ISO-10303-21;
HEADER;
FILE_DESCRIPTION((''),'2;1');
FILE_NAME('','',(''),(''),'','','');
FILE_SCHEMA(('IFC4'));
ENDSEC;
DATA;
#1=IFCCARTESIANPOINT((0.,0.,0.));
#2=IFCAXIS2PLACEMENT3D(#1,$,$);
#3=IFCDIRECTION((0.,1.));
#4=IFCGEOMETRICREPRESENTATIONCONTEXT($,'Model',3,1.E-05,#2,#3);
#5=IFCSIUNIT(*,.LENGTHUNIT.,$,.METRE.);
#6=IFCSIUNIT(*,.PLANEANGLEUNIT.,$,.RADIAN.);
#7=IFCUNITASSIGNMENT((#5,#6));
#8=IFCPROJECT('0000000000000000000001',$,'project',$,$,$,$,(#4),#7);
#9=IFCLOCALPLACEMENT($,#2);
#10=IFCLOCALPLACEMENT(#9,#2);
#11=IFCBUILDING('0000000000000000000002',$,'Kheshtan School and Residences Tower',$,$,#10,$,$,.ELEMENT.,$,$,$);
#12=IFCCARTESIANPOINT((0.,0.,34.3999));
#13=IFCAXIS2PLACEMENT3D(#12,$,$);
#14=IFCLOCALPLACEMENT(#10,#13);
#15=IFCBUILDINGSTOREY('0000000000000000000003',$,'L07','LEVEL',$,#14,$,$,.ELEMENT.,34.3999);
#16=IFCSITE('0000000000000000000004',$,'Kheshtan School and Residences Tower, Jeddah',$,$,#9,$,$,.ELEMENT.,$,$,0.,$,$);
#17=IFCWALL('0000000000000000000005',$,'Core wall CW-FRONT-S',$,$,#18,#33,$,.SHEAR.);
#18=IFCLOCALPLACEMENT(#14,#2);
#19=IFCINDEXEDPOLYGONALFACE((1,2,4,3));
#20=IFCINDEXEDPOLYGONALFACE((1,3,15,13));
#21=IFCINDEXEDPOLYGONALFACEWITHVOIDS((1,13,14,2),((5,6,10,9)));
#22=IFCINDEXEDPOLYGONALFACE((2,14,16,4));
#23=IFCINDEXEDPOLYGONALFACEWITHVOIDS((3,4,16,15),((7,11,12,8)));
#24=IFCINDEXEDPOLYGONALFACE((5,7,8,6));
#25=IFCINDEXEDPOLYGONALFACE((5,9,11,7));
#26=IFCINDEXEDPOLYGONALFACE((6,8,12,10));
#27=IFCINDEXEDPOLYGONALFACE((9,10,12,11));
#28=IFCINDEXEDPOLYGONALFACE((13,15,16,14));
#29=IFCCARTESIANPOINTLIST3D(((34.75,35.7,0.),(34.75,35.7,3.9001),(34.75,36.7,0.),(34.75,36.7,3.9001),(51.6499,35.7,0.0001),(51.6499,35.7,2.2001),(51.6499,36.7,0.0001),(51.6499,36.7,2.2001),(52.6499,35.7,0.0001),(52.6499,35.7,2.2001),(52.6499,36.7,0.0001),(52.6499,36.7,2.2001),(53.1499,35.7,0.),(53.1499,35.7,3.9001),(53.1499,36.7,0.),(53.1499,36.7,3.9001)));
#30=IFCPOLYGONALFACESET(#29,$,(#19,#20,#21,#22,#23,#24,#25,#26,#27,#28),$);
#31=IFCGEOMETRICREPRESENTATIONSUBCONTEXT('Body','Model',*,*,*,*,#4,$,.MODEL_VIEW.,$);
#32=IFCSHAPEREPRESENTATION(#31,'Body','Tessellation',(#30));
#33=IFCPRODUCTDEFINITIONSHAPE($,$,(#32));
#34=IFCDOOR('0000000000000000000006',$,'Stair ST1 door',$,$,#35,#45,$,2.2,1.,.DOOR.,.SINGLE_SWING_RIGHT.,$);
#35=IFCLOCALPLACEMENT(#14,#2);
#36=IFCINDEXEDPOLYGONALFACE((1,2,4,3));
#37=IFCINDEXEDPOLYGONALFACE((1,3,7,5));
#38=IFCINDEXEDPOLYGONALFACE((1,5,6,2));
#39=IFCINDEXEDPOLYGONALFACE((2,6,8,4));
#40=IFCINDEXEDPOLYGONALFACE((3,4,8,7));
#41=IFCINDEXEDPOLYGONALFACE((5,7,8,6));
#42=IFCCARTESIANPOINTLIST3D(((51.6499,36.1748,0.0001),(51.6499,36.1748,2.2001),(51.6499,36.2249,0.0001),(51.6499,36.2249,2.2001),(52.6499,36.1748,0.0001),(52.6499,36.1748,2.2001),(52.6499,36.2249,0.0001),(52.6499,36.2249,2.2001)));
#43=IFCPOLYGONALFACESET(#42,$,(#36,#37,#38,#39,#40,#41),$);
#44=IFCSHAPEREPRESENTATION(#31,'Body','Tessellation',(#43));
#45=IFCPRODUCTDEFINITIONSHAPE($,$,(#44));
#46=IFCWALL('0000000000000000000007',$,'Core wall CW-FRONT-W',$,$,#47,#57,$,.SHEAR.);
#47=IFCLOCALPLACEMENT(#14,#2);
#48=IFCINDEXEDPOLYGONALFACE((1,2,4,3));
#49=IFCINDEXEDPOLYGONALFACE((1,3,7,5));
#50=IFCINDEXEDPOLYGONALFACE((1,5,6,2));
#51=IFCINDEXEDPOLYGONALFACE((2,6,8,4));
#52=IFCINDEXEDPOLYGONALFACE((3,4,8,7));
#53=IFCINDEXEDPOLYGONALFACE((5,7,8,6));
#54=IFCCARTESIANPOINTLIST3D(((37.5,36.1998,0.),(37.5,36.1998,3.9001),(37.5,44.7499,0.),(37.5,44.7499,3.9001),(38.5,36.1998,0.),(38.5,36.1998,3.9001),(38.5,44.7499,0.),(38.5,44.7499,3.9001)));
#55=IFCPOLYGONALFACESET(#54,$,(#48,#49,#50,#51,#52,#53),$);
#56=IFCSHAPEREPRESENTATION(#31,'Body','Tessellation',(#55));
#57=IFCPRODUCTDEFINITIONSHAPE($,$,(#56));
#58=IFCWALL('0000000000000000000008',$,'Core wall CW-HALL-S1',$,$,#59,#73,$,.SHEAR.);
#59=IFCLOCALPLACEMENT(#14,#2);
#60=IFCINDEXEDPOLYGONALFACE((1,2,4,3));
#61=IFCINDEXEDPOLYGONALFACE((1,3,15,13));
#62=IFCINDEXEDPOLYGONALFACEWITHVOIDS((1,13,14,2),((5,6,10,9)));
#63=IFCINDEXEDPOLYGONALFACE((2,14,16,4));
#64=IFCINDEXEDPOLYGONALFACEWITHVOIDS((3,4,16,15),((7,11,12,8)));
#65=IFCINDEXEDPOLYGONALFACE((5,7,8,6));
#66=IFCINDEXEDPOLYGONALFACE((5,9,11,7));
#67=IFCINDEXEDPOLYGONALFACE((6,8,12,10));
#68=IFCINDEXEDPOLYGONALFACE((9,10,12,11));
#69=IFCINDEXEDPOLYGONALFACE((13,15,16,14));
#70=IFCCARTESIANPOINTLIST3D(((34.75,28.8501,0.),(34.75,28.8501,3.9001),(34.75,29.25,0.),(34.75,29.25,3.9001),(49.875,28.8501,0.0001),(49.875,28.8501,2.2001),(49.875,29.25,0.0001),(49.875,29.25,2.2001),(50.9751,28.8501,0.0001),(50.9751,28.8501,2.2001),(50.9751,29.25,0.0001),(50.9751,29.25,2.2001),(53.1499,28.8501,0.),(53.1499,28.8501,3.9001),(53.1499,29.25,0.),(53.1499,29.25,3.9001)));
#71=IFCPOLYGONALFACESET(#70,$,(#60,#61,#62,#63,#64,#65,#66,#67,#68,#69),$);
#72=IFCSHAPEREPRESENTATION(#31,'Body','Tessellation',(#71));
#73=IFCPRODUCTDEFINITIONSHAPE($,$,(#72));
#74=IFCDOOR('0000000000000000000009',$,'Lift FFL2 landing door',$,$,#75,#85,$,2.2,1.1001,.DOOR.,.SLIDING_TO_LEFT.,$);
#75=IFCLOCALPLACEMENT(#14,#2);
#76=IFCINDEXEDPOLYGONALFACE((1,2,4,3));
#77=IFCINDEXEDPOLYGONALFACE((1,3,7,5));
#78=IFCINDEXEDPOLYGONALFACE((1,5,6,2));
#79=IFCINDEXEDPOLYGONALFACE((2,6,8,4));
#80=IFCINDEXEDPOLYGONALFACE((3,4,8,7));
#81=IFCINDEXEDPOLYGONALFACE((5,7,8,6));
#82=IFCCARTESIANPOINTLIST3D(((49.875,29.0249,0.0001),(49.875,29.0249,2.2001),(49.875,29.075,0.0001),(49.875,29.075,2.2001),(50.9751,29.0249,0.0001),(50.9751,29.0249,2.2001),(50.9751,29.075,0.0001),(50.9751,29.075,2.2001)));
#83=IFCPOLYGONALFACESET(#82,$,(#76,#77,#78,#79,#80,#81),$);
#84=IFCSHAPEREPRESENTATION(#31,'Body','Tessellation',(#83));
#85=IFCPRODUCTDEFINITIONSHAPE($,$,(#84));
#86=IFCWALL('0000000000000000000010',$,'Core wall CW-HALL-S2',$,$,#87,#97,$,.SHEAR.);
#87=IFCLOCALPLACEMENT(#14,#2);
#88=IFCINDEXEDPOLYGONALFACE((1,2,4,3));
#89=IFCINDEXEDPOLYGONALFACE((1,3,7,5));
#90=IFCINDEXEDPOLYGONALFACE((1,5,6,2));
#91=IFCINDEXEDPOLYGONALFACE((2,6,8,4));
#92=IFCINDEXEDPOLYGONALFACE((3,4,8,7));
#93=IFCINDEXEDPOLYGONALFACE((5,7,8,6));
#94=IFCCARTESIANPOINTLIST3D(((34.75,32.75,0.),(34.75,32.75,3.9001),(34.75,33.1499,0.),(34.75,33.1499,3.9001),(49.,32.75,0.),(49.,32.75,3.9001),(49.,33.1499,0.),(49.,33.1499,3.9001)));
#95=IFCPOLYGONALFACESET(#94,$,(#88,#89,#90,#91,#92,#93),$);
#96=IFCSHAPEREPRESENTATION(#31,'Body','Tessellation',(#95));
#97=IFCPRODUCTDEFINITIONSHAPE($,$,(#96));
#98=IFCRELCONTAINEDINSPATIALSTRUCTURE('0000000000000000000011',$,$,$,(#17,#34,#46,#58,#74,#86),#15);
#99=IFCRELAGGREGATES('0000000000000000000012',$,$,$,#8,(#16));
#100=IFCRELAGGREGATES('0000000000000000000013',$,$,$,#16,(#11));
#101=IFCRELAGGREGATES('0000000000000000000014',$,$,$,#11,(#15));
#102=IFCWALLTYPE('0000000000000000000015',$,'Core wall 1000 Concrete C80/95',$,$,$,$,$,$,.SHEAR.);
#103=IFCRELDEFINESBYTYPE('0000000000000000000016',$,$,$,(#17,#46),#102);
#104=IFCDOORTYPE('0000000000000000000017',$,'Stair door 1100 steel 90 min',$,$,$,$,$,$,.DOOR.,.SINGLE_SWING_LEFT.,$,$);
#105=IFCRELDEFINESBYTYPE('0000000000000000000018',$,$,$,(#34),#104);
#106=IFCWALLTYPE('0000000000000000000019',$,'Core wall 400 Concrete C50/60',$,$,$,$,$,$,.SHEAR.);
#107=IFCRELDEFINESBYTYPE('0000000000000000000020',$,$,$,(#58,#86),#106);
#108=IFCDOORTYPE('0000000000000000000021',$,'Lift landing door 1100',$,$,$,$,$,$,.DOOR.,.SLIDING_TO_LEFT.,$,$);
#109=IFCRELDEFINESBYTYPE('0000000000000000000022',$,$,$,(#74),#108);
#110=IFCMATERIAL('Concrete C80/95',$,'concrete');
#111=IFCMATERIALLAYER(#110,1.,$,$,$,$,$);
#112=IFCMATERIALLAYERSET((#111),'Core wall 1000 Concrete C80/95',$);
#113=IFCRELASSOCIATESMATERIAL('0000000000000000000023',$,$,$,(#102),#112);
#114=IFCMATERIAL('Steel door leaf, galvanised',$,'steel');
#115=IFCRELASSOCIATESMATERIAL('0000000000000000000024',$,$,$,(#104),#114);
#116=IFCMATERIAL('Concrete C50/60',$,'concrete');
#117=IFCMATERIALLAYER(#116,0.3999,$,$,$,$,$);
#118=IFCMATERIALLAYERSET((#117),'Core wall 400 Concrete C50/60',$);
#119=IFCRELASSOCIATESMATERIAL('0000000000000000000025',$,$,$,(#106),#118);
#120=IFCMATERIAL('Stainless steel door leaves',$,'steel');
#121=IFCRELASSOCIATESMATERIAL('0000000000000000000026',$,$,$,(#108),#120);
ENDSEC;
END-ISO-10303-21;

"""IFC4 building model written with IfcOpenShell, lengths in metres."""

from ifc_helpers import new_model, si_unit, direction, frame, frame_2d, origin, place, context, subcontext, project, spatial, rectangle, extrude, source, transform, mapped, material, layer, layer_set, type_object, element, fill, save


model = new_model("IFC4")

# Units and contexts
model_context = context("Model", 3, precision=1e-05, world=origin(), true_north=direction((0.0, 1.0)))
body_context = subcontext(model_context, "Body", "Model", "MODEL_VIEW")
ifc_project = project(units=[si_unit("LENGTHUNIT", "METRE"), si_unit("PLANEANGLEUNIT", "RADIAN")], contexts=[model_context])

# Site, building, storey
site_placement = place(None, origin())
site = spatial("IfcSite", under=ifc_project, at=site_placement, Name="Kheshtan School and Residences Tower, Jeddah", CompositionType="ELEMENT", RefElevation=0.0)
building_placement = place(site_placement, origin())
building = spatial("IfcBuilding", under=site, at=building_placement, Name="Kheshtan School and Residences Tower", CompositionType="ELEMENT")
storey_placement = place(building_placement, frame((0.0, 0.0, 34.3999)))
storey = spatial("IfcBuildingStorey", under=building, at=storey_placement, Name="L07", Description="LEVEL", CompositionType="ELEMENT", Elevation=34.3999)

# Shared definitions
ifc_material_1 = material(Name="Concrete C80/95", Category="concrete")
ifc_layer_1 = layer(ifc_material_1, 1.0)
ifc_layer_set_1 = layer_set([ifc_layer_1], Name="Core wall 1000 Concrete C80/95")
wall_type_1 = type_object("IfcWallType", Name="Core wall 1000 Concrete C80/95", PredefinedType="SHEAR", material=ifc_layer_set_1)

# Wall, opening, door
wall_1_placement = place(storey_placement, frame((34.75, 36.2, 0.0), z_axis=(0.0, 0.0, 1.0), x_axis=(1.0, 0.0, 0.0)))
wall_1 = element("IfcWall", 1, at=wall_1_placement, inside=storey, type_object=wall_type_1, Name="Core wall CW-FRONT-S", PredefinedType="SHEAR", context=body_context, shape_type="SweptSolid", body=[
    extrude(rectangle(XDim=18.3999, YDim=1.0, at=frame_2d((9.2, 0.0))), origin(), (0.0, 0.0, 1.0), 3.9001),
])
opening_1_placement = place(wall_1_placement, frame((16.8999, 0.0, 0.0)))
opening_1 = element("IfcOpeningElement", 2, at=opening_1_placement, cuts=wall_1, PredefinedType="OPENING", context=body_context, shape_type="SweptSolid", body=[
    extrude(rectangle(XDim=1.0, YDim=2.2, at=frame_2d((0.5, 1.1001))), frame((0.0, 0.51, 0.0), z_axis=(0.0, -1.0, 0.0), x_axis=(1.0, 0.0, 0.0)), (0.0, 0.0, 1.0), 1.02),
])
ifc_material_2 = material(Name="Steel door leaf, galvanised", Category="steel")
door_type_1 = type_object("IfcDoorType", Name="Stair door 1100 steel 90 min", OperationType="SINGLE_SWING_LEFT", PredefinedType="DOOR", material=ifc_material_2)
shared_shape_1 = source(origin(), body_context, "Body", "SweptSolid", [
    extrude(rectangle(XDim=1.0, YDim=2.2, at=frame_2d((0.5, 1.1001))), frame((0.0, 0.0249, 0.0), z_axis=(0.0, -1.0, 0.0), x_axis=(1.0, 0.0, 0.0)), (0.0, 0.0, 1.0), 0.05),
])
door_1_placement = place(opening_1_placement, origin())
door_1 = element("IfcDoor", 3, at=door_1_placement, inside=storey, type_object=door_type_1, Name="Stair ST1 door", OperationType="SINGLE_SWING_RIGHT", OverallHeight=2.2, OverallWidth=1.0, PredefinedType="DOOR", context=body_context, shape_type="MappedRepresentation", body=[
    mapped(shared_shape_1, transform((0.0, 0.0, 0.0), x_axis=(1.0, 0.0, 0.0), y_axis=(0.0, 1.0, 0.0), z_axis=(0.0, 0.0, 1.0), scale=1.0)),
])
fill(opening_1, door_1)

# Wall
wall_2_placement = place(storey_placement, frame((38.0, 36.2, 0.0), z_axis=(0.0, 0.0, 1.0), x_axis=(0.0, 1.0, 0.0)))
element("IfcWall", 4, at=wall_2_placement, inside=storey, type_object=wall_type_1, Name="Core wall CW-FRONT-W", PredefinedType="SHEAR", context=body_context, shape_type="SweptSolid", body=[
    extrude(rectangle(XDim=8.55, YDim=1.0, at=frame_2d((4.2749, 0.0))), origin(), (0.0, 0.0, 1.0), 3.9001),
])

# Wall, opening, door
ifc_material_3 = material(Name="Concrete C50/60", Category="concrete")
ifc_layer_2 = layer(ifc_material_3, 0.3999)
ifc_layer_set_2 = layer_set([ifc_layer_2], Name="Core wall 400 Concrete C50/60")
wall_type_2 = type_object("IfcWallType", Name="Core wall 400 Concrete C50/60", PredefinedType="SHEAR", material=ifc_layer_set_2)
wall_3_placement = place(storey_placement, frame((34.75, 29.05, 0.0), z_axis=(0.0, 0.0, 1.0), x_axis=(1.0, 0.0, 0.0)))
wall_3 = element("IfcWall", 5, at=wall_3_placement, inside=storey, type_object=wall_type_2, Name="Core wall CW-HALL-S1", PredefinedType="SHEAR", context=body_context, shape_type="SweptSolid", body=[
    extrude(rectangle(XDim=18.3999, YDim=0.3999, at=frame_2d((9.2, 0.0))), origin(), (0.0, 0.0, 1.0), 3.9001),
])
opening_2_placement = place(wall_3_placement, frame((15.125, 0.0, 0.0)))
opening_2 = element("IfcOpeningElement", 6, at=opening_2_placement, cuts=wall_3, PredefinedType="OPENING", context=body_context, shape_type="SweptSolid", body=[
    extrude(rectangle(XDim=1.1001, YDim=2.2, at=frame_2d((0.55, 1.1001))), frame((0.0, 0.21, 0.0), z_axis=(0.0, -1.0, 0.0), x_axis=(1.0, 0.0, 0.0)), (0.0, 0.0, 1.0), 0.4199),
])
ifc_material_4 = material(Name="Stainless steel door leaves", Category="steel")
door_type_2 = type_object("IfcDoorType", Name="Lift landing door 1100", OperationType="SLIDING_TO_LEFT", PredefinedType="DOOR", material=ifc_material_4)
shared_shape_2 = source(origin(), body_context, "Body", "SweptSolid", [
    extrude(rectangle(XDim=1.1001, YDim=2.2, at=frame_2d((0.55, 1.1001))), frame((0.0, 0.0249, 0.0), z_axis=(0.0, -1.0, 0.0), x_axis=(1.0, 0.0, 0.0)), (0.0, 0.0, 1.0), 0.05),
])
door_2_placement = place(opening_2_placement, origin())
door_2 = element("IfcDoor", 7, at=door_2_placement, inside=storey, type_object=door_type_2, Name="Lift FFL2 landing door", OperationType="SLIDING_TO_LEFT", OverallHeight=2.2, OverallWidth=1.1001, PredefinedType="DOOR", context=body_context, shape_type="MappedRepresentation", body=[
    mapped(shared_shape_2, transform((0.0, 0.0, 0.0), x_axis=(1.0, 0.0, 0.0), y_axis=(0.0, 1.0, 0.0), z_axis=(0.0, 0.0, 1.0), scale=1.0)),
])
fill(opening_2, door_2)

# Wall
wall_4_placement = place(storey_placement, frame((34.75, 32.95, 0.0), z_axis=(0.0, 0.0, 1.0), x_axis=(1.0, 0.0, 0.0)))
element("IfcWall", 8, at=wall_4_placement, inside=storey, type_object=wall_type_2, Name="Core wall CW-HALL-S2", PredefinedType="SHEAR", context=body_context, shape_type="SweptSolid", body=[
    extrude(rectangle(XDim=14.25, YDim=0.3999, at=frame_2d((7.125, 0.0))), origin(), (0.0, 0.0, 1.0), 3.9001),
])

save(model, "model.ifc")
